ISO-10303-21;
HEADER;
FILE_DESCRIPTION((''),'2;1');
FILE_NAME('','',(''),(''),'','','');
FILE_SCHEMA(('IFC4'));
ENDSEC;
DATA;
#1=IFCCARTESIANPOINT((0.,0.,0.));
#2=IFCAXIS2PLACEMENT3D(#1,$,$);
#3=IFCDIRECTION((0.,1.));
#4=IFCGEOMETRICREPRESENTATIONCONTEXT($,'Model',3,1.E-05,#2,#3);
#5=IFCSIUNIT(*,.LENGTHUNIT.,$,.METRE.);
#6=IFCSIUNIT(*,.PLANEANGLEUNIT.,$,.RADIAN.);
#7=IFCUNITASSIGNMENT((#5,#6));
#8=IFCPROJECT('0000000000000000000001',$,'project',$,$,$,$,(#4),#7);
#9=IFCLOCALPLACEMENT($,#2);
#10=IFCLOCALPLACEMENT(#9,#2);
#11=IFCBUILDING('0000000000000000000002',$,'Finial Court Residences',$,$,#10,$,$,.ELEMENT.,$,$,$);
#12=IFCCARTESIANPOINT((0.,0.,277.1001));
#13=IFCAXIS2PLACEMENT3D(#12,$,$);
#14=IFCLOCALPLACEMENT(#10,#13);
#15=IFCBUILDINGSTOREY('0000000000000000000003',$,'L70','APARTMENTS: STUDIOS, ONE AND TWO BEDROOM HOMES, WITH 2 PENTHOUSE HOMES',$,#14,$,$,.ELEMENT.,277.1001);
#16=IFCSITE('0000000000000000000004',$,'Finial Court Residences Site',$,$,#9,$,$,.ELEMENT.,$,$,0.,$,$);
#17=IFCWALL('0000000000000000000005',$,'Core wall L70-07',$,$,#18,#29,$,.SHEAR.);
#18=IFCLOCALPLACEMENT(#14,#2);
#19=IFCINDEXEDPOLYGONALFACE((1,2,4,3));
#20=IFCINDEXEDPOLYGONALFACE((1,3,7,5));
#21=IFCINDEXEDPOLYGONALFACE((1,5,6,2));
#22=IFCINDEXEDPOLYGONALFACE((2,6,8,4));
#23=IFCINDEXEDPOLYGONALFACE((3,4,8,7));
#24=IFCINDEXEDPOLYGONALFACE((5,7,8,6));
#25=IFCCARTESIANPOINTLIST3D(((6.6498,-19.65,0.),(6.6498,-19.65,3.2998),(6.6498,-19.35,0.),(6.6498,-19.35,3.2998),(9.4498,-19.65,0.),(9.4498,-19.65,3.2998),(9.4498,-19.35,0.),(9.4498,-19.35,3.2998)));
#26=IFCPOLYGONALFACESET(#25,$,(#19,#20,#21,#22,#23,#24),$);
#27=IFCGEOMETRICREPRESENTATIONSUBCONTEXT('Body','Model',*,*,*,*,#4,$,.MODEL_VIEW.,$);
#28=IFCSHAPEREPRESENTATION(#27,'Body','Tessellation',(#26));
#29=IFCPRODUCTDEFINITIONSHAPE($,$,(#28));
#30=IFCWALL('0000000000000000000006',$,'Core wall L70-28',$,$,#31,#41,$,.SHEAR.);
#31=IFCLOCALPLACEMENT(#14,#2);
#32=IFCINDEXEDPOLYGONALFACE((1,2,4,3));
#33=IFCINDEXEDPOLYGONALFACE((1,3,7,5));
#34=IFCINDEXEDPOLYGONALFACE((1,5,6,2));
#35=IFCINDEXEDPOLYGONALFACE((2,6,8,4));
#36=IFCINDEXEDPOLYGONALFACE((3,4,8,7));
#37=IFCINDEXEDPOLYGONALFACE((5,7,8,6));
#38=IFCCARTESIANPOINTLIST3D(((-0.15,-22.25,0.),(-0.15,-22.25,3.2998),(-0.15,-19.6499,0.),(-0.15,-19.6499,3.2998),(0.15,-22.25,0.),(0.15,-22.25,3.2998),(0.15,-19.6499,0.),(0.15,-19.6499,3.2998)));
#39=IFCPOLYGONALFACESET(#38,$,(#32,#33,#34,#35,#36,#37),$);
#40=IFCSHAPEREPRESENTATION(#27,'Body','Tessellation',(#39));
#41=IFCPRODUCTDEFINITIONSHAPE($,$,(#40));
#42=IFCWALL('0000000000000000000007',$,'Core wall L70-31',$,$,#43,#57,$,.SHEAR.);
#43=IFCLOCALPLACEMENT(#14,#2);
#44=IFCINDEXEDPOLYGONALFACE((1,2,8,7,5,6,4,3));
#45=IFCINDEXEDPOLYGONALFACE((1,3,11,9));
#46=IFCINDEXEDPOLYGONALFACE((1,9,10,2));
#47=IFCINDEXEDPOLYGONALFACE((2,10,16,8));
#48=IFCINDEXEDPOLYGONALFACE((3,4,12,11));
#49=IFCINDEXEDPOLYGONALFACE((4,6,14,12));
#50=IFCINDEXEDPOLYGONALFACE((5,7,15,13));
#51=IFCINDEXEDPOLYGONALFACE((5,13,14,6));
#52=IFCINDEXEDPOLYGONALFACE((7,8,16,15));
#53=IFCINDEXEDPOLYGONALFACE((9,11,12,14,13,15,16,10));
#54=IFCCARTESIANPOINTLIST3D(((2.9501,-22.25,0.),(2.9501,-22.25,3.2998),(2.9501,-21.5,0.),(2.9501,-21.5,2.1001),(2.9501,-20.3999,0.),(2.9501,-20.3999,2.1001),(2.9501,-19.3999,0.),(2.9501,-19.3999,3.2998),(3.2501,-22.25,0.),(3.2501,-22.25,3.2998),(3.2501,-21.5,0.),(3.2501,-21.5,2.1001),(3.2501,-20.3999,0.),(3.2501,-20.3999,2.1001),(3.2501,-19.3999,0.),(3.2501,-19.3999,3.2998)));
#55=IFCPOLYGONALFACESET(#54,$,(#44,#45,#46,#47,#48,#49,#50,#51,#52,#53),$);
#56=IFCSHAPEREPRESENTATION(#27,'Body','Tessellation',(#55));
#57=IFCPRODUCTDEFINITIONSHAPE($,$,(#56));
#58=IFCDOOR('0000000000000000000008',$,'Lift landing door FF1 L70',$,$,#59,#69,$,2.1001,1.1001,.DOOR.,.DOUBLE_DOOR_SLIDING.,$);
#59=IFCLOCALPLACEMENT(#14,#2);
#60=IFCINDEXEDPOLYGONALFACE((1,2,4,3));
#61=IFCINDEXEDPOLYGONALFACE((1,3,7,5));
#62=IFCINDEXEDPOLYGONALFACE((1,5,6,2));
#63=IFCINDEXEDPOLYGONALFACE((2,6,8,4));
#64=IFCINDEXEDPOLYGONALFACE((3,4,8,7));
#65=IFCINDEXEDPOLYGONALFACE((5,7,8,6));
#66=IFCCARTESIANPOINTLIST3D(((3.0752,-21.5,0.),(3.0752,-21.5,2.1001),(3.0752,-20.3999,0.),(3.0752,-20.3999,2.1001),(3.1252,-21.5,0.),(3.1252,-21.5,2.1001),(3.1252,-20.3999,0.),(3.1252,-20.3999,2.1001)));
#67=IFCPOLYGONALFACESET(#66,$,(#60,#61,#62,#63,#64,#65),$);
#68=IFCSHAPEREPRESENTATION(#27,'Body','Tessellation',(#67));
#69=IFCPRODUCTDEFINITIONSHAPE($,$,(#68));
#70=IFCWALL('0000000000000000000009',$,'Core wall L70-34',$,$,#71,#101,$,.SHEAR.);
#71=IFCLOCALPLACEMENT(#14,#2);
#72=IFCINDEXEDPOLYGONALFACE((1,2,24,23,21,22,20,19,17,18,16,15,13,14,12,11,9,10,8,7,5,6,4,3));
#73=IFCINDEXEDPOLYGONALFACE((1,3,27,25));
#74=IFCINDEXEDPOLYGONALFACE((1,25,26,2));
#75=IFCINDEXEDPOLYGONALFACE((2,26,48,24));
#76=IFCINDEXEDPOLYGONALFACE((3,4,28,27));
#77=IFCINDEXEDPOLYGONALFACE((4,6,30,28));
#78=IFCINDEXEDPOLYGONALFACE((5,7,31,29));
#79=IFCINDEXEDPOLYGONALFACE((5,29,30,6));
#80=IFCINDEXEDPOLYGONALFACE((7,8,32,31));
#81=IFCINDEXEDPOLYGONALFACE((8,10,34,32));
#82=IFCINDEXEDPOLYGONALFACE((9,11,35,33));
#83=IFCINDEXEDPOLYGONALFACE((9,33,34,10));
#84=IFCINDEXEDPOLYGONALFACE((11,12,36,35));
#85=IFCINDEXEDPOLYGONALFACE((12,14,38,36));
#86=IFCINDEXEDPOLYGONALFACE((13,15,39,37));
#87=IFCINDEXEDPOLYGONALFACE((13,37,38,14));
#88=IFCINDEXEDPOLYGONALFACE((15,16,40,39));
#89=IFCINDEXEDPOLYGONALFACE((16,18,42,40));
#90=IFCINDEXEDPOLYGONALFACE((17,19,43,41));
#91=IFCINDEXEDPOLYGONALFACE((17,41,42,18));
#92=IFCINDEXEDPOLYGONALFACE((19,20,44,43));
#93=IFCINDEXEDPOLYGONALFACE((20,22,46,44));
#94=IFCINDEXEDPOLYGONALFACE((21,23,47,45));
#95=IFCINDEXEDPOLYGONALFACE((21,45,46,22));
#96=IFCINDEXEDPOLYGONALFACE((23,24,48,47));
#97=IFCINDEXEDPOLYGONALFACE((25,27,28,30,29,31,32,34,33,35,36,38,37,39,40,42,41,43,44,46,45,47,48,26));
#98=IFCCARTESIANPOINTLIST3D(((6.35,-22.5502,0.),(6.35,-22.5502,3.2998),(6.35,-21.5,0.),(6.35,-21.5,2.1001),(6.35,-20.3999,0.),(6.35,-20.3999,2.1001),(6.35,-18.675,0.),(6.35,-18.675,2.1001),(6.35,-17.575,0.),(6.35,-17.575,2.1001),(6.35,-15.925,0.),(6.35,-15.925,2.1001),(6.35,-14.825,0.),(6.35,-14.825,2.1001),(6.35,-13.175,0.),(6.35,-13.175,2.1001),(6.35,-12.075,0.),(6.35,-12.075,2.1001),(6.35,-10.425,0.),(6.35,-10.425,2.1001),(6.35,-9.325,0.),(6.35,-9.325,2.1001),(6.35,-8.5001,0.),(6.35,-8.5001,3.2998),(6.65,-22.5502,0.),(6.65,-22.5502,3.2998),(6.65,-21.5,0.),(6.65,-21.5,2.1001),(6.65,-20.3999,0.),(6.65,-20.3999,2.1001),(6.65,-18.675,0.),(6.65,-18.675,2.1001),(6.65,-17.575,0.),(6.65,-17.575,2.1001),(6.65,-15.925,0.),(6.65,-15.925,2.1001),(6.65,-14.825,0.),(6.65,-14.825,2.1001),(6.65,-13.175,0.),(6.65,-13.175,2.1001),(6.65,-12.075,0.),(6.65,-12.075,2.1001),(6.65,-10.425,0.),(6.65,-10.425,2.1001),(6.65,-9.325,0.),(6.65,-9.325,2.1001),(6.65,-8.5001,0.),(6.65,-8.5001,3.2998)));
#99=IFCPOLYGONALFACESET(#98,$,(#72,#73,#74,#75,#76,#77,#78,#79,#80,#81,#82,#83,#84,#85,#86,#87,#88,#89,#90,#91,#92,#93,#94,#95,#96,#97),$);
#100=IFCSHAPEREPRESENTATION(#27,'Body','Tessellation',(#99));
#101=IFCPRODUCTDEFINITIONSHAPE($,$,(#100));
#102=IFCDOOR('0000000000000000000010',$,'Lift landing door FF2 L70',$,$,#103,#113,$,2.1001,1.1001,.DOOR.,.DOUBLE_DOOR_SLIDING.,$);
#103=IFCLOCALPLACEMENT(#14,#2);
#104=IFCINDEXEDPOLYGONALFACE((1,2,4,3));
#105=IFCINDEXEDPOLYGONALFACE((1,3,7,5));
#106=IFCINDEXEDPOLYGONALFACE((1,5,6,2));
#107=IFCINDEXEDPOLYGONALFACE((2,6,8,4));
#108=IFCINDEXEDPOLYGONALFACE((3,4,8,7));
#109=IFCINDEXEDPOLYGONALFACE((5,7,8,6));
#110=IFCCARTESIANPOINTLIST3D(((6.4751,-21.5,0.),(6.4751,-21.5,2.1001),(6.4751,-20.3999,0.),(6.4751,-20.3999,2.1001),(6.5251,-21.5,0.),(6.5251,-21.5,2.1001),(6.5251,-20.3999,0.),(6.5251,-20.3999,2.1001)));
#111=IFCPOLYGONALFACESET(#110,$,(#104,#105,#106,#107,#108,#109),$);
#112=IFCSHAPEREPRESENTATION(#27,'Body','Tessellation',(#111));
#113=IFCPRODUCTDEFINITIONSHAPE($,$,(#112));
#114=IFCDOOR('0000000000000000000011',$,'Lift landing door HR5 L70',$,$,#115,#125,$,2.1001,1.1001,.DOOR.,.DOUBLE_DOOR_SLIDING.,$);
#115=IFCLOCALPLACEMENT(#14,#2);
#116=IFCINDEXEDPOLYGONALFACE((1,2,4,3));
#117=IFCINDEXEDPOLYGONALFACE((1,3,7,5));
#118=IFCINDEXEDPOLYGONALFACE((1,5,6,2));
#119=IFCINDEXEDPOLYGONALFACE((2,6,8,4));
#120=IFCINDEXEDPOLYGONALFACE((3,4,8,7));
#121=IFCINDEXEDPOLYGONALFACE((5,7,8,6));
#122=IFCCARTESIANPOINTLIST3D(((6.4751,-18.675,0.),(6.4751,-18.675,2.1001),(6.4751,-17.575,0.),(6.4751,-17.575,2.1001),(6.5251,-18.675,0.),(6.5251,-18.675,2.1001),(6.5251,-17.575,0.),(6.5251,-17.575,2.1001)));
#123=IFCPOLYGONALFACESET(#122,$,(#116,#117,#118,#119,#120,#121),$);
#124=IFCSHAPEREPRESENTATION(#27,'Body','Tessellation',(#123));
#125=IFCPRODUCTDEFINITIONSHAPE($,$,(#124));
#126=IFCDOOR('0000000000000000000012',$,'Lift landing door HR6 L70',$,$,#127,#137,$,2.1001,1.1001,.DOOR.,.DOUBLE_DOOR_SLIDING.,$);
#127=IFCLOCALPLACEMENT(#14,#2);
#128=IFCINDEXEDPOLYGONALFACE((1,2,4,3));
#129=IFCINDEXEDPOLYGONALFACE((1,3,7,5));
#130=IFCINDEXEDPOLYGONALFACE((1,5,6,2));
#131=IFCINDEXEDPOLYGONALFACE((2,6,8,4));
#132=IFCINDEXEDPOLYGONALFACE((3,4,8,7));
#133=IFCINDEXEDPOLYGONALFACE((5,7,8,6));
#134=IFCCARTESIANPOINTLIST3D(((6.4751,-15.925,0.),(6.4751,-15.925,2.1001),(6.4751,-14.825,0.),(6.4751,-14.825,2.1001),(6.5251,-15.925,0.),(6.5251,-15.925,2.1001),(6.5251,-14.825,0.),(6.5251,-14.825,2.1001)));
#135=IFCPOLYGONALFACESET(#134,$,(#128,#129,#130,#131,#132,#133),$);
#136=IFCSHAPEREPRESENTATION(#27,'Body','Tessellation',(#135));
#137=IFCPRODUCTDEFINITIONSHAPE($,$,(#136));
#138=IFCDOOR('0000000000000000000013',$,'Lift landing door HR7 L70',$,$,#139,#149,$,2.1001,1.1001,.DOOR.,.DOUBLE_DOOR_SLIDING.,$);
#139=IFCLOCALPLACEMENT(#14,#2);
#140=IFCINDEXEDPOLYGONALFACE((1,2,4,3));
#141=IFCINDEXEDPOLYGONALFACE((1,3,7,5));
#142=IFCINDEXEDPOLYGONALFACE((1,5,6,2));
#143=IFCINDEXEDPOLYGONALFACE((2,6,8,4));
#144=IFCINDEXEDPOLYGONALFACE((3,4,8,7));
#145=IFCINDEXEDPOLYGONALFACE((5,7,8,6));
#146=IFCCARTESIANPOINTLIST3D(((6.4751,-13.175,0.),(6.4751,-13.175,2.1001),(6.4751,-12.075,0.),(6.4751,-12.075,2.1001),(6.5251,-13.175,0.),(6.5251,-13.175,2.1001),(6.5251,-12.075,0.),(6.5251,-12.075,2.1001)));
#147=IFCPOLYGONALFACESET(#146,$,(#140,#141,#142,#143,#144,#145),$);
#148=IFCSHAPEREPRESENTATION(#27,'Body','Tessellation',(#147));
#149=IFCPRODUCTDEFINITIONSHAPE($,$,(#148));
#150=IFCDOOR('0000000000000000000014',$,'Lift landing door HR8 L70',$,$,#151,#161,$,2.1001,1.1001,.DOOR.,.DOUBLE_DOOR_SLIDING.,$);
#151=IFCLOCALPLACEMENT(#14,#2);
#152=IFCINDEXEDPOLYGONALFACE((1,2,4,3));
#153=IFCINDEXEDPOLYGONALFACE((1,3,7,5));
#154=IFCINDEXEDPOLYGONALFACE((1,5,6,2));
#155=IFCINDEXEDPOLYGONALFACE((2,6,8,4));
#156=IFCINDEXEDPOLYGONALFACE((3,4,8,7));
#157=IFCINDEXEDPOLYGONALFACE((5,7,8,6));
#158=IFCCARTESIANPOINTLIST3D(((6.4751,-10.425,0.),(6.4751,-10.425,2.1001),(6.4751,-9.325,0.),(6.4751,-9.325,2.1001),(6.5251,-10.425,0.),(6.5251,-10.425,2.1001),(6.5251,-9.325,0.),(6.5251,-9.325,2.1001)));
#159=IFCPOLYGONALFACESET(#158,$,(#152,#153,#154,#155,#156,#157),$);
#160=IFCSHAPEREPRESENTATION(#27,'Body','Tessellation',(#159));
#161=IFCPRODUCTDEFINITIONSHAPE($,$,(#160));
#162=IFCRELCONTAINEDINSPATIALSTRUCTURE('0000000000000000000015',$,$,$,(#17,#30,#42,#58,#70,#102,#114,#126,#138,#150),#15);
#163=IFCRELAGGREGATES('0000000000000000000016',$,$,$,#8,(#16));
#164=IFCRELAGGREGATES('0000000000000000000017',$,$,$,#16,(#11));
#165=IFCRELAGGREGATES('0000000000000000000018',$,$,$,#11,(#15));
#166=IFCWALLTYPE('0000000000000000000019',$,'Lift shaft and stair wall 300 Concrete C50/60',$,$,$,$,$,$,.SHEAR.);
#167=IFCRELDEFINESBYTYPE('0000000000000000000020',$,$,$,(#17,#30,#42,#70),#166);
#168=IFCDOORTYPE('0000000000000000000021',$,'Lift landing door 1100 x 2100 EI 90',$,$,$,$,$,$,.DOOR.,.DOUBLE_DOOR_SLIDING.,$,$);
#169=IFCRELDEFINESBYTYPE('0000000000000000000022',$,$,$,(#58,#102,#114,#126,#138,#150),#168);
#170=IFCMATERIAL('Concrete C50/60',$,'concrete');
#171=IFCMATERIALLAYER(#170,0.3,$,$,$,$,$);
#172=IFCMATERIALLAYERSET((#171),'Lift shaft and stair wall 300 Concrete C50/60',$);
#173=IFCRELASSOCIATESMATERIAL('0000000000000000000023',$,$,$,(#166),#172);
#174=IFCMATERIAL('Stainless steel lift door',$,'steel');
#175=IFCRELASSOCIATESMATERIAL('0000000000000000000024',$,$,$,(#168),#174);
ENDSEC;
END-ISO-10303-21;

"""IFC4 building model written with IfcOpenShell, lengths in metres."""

from ifc_helpers import new_model, si_unit, direction, frame, frame_2d, origin, place, context, subcontext, project, spatial, rectangle, extrude, material, layer, layer_set, type_object, element, fill, save


model = new_model("IFC4")

# Units and contexts
model_context = context("Model", 3, precision=1e-05, world=origin(), true_north=direction((0.0, 1.0)))
body_context = subcontext(model_context, "Body", "Model", "MODEL_VIEW")
ifc_project = project(units=[si_unit("LENGTHUNIT", "METRE"), si_unit("PLANEANGLEUNIT", "RADIAN")], contexts=[model_context])

# Site, building, storey
site_placement = place(None, origin())
site = spatial("IfcSite", under=ifc_project, at=site_placement, Name="Finial Court Residences Site", CompositionType="ELEMENT", RefElevation=0.0)
building_placement = place(site_placement, origin())
building = spatial("IfcBuilding", under=site, at=building_placement, Name="Finial Court Residences", CompositionType="ELEMENT")
storey_placement = place(building_placement, frame((0.0, 0.0, 277.1001)))
storey = spatial("IfcBuildingStorey", under=building, at=storey_placement, Name="L70", Description="APARTMENTS: STUDIOS, ONE AND TWO BEDROOM HOMES, WITH 2 PENTHOUSE HOMES", CompositionType="ELEMENT", Elevation=277.1001)

# Walls
ifc_material_1 = material(Name="Concrete C50/60", Category="concrete")
ifc_layer_1 = layer(ifc_material_1, 0.3)
ifc_layer_set_1 = layer_set([ifc_layer_1], Name="Lift shaft and stair wall 300 Concrete C50/60")
wall_type_1 = type_object("IfcWallType", Name="Lift shaft and stair wall 300 Concrete C50/60", PredefinedType="SHEAR", material=ifc_layer_set_1)
wall_1_placement = place(storey_placement, frame((6.6499, -19.5, 0.0), z_axis=(0.0, 0.0, 1.0), x_axis=(1.0, 0.0, 0.0)))
element("IfcWall", 1, at=wall_1_placement, inside=storey, type_object=wall_type_1, Name="Core wall L70-07", PredefinedType="SHEAR", context=body_context, shape_type="SweptSolid", body=[
    extrude(rectangle(XDim=2.8, YDim=0.3, at=frame_2d((1.3999, 0.0))), origin(), (0.0, 0.0, 1.0), 3.2998),
])
wall_2_placement = place(storey_placement, frame((0.0, -22.25, 0.0), z_axis=(0.0, 0.0, 1.0), x_axis=(0.0, 1.0, 0.0)))
element("IfcWall", 2, at=wall_2_placement, inside=storey, type_object=wall_type_1, Name="Core wall L70-28", PredefinedType="SHEAR", context=body_context, shape_type="SweptSolid", body=[
    extrude(rectangle(XDim=2.6001, YDim=0.3, at=frame_2d((1.3, 0.0))), origin(), (0.0, 0.0, 1.0), 3.2998),
])

# Wall, opening, door
wall_3_placement = place(storey_placement, frame((3.1001, -22.25, 0.0), z_axis=(0.0, 0.0, 1.0), x_axis=(0.0, 1.0, 0.0)))
wall_3 = element("IfcWall", 3, at=wall_3_placement, inside=storey, type_object=wall_type_1, Name="Core wall L70-31", PredefinedType="SHEAR", context=body_context, shape_type="SweptSolid", body=[
    extrude(rectangle(XDim=2.8501, YDim=0.3, at=frame_2d((1.425, 0.0))), origin(), (0.0, 0.0, 1.0), 3.2998),
])
opening_1_placement = place(wall_3_placement, frame((0.75, 0.0, 0.0)))
opening_1 = element("IfcOpeningElement", 4, at=opening_1_placement, cuts=wall_3, PredefinedType="OPENING", context=body_context, shape_type="SweptSolid", body=[
    extrude(rectangle(XDim=1.1001, YDim=2.1001, at=frame_2d((0.55, 1.05))), frame((0.0, 0.1599, 0.0), z_axis=(0.0, -1.0, 0.0), x_axis=(1.0, 0.0, 0.0)), (0.0, 0.0, 1.0), 0.3201),
])
ifc_material_2 = material(Name="Stainless steel lift door", Category="steel")
door_type_1 = type_object("IfcDoorType", Name="Lift landing door 1100 x 2100 EI 90", OperationType="DOUBLE_DOOR_SLIDING", PredefinedType="DOOR", material=ifc_material_2)
door_1_placement = place(opening_1_placement, origin())
door_1 = element("IfcDoor", 5, at=door_1_placement, inside=storey, type_object=door_type_1, Name="Lift landing door FF1 L70", OperationType="DOUBLE_DOOR_SLIDING", OverallHeight=2.1001, OverallWidth=1.1001, PredefinedType="DOOR", context=body_context, shape_type="SweptSolid", body=[
    extrude(rectangle(XDim=1.1001, YDim=2.1001, at=frame_2d((0.55, 1.05))), frame((0.0, 0.0249, 0.0), z_axis=(0.0, -1.0, 0.0), x_axis=(1.0, 0.0, 0.0)), (0.0, 0.0, 1.0), 0.05),
])
fill(opening_1, door_1)

# Wall, openings, doors
wall_4_placement = place(storey_placement, frame((6.5, -22.55, 0.0), z_axis=(0.0, 0.0, 1.0), x_axis=(0.0, 1.0, 0.0)))
wall_4 = element("IfcWall", 6, at=wall_4_placement, inside=storey, type_object=wall_type_1, Name="Core wall L70-34", PredefinedType="SHEAR", context=body_context, shape_type="SweptSolid", body=[
    extrude(rectangle(XDim=14.05, YDim=0.3, at=frame_2d((7.0249, 0.0))), origin(), (0.0, 0.0, 1.0), 3.2998),
])
opening_2_placement = place(wall_4_placement, frame((1.05, 0.0, 0.0)))
opening_2 = element("IfcOpeningElement", 7, at=opening_2_placement, cuts=wall_4, PredefinedType="OPENING", context=body_context, shape_type="SweptSolid", body=[
    extrude(rectangle(XDim=1.1001, YDim=2.1001, at=frame_2d((0.55, 1.05))), frame((0.0, 0.1599, 0.0), z_axis=(0.0, -1.0, 0.0), x_axis=(1.0, 0.0, 0.0)), (0.0, 0.0, 1.0), 0.3201),
])
opening_3_placement = place(wall_4_placement, frame((3.875, 0.0, 0.0)))
opening_3 = element("IfcOpeningElement", 8, at=opening_3_placement, cuts=wall_4, PredefinedType="OPENING", context=body_context, shape_type="SweptSolid", body=[
    extrude(rectangle(XDim=1.1001, YDim=2.1001, at=frame_2d((0.55, 1.05))), frame((0.0, 0.1599, 0.0), z_axis=(0.0, -1.0, 0.0), x_axis=(1.0, 0.0, 0.0)), (0.0, 0.0, 1.0), 0.3201),
])
opening_4_placement = place(wall_4_placement, frame((6.625, 0.0, 0.0)))
opening_4 = element("IfcOpeningElement", 9, at=opening_4_placement, cuts=wall_4, PredefinedType="OPENING", context=body_context, shape_type="SweptSolid", body=[
    extrude(rectangle(XDim=1.1001, YDim=2.1001, at=frame_2d((0.55, 1.05))), frame((0.0, 0.1599, 0.0), z_axis=(0.0, -1.0, 0.0), x_axis=(1.0, 0.0, 0.0)), (0.0, 0.0, 1.0), 0.3201),
])
opening_5_placement = place(wall_4_placement, frame((9.375, 0.0, 0.0)))
opening_5 = element("IfcOpeningElement", 10, at=opening_5_placement, cuts=wall_4, PredefinedType="OPENING", context=body_context, shape_type="SweptSolid", body=[
    extrude(rectangle(XDim=1.1001, YDim=2.1001, at=frame_2d((0.55, 1.05))), frame((0.0, 0.1599, 0.0), z_axis=(0.0, -1.0, 0.0), x_axis=(1.0, 0.0, 0.0)), (0.0, 0.0, 1.0), 0.3201),
])
opening_6_placement = place(wall_4_placement, frame((12.125, 0.0, 0.0)))
opening_6 = element("IfcOpeningElement", 11, at=opening_6_placement, cuts=wall_4, PredefinedType="OPENING", context=body_context, shape_type="SweptSolid", body=[
    extrude(rectangle(XDim=1.1001, YDim=2.1001, at=frame_2d((0.55, 1.05))), frame((0.0, 0.1599, 0.0), z_axis=(0.0, -1.0, 0.0), x_axis=(1.0, 0.0, 0.0)), (0.0, 0.0, 1.0), 0.3201),
])
door_2_placement = place(opening_2_placement, origin())
door_2 = element("IfcDoor", 12, at=door_2_placement, inside=storey, type_object=door_type_1, Name="Lift landing door FF2 L70", OperationType="DOUBLE_DOOR_SLIDING", OverallHeight=2.1001, OverallWidth=1.1001, PredefinedType="DOOR", context=body_context, shape_type="SweptSolid", body=[
    extrude(rectangle(XDim=1.1001, YDim=2.1001, at=frame_2d((0.55, 1.05))), frame((0.0, 0.0249, 0.0), z_axis=(0.0, -1.0, 0.0), x_axis=(1.0, 0.0, 0.0)), (0.0, 0.0, 1.0), 0.05),
])
fill(opening_2, door_2)
door_3_placement = place(opening_3_placement, origin())
door_3 = element("IfcDoor", 13, at=door_3_placement, inside=storey, type_object=door_type_1, Name="Lift landing door HR5 L70", OperationType="DOUBLE_DOOR_SLIDING", OverallHeight=2.1001, OverallWidth=1.1001, PredefinedType="DOOR", context=body_context, shape_type="SweptSolid", body=[
    extrude(rectangle(XDim=1.1001, YDim=2.1001, at=frame_2d((0.55, 1.05))), frame((0.0, 0.0249, 0.0), z_axis=(0.0, -1.0, 0.0), x_axis=(1.0, 0.0, 0.0)), (0.0, 0.0, 1.0), 0.05),
])
fill(opening_3, door_3)
door_4_placement = place(opening_4_placement, origin())
door_4 = element("IfcDoor", 14, at=door_4_placement, inside=storey, type_object=door_type_1, Name="Lift landing door HR6 L70", OperationType="DOUBLE_DOOR_SLIDING", OverallHeight=2.1001, OverallWidth=1.1001, PredefinedType="DOOR", context=body_context, shape_type="SweptSolid", body=[
    extrude(rectangle(XDim=1.1001, YDim=2.1001, at=frame_2d((0.55, 1.05))), frame((0.0, 0.0249, 0.0), z_axis=(0.0, -1.0, 0.0), x_axis=(1.0, 0.0, 0.0)), (0.0, 0.0, 1.0), 0.05),
])
fill(opening_4, door_4)
door_5_placement = place(opening_5_placement, origin())
door_5 = element("IfcDoor", 15, at=door_5_placement, inside=storey, type_object=door_type_1, Name="Lift landing door HR7 L70", OperationType="DOUBLE_DOOR_SLIDING", OverallHeight=2.1001, OverallWidth=1.1001, PredefinedType="DOOR", context=body_context, shape_type="SweptSolid", body=[
    extrude(rectangle(XDim=1.1001, YDim=2.1001, at=frame_2d((0.55, 1.05))), frame((0.0, 0.0249, 0.0), z_axis=(0.0, -1.0, 0.0), x_axis=(1.0, 0.0, 0.0)), (0.0, 0.0, 1.0), 0.05),
])
fill(opening_5, door_5)
door_6_placement = place(opening_6_placement, origin())
door_6 = element("IfcDoor", 16, at=door_6_placement, inside=storey, type_object=door_type_1, Name="Lift landing door HR8 L70", OperationType="DOUBLE_DOOR_SLIDING", OverallHeight=2.1001, OverallWidth=1.1001, PredefinedType="DOOR", context=body_context, shape_type="SweptSolid", body=[
    extrude(rectangle(XDim=1.1001, YDim=2.1001, at=frame_2d((0.55, 1.05))), frame((0.0, 0.0249, 0.0), z_axis=(0.0, -1.0, 0.0), x_axis=(1.0, 0.0, 0.0)), (0.0, 0.0, 1.0), 0.05),
])
fill(opening_6, door_6)

save(model, "model.ifc")
